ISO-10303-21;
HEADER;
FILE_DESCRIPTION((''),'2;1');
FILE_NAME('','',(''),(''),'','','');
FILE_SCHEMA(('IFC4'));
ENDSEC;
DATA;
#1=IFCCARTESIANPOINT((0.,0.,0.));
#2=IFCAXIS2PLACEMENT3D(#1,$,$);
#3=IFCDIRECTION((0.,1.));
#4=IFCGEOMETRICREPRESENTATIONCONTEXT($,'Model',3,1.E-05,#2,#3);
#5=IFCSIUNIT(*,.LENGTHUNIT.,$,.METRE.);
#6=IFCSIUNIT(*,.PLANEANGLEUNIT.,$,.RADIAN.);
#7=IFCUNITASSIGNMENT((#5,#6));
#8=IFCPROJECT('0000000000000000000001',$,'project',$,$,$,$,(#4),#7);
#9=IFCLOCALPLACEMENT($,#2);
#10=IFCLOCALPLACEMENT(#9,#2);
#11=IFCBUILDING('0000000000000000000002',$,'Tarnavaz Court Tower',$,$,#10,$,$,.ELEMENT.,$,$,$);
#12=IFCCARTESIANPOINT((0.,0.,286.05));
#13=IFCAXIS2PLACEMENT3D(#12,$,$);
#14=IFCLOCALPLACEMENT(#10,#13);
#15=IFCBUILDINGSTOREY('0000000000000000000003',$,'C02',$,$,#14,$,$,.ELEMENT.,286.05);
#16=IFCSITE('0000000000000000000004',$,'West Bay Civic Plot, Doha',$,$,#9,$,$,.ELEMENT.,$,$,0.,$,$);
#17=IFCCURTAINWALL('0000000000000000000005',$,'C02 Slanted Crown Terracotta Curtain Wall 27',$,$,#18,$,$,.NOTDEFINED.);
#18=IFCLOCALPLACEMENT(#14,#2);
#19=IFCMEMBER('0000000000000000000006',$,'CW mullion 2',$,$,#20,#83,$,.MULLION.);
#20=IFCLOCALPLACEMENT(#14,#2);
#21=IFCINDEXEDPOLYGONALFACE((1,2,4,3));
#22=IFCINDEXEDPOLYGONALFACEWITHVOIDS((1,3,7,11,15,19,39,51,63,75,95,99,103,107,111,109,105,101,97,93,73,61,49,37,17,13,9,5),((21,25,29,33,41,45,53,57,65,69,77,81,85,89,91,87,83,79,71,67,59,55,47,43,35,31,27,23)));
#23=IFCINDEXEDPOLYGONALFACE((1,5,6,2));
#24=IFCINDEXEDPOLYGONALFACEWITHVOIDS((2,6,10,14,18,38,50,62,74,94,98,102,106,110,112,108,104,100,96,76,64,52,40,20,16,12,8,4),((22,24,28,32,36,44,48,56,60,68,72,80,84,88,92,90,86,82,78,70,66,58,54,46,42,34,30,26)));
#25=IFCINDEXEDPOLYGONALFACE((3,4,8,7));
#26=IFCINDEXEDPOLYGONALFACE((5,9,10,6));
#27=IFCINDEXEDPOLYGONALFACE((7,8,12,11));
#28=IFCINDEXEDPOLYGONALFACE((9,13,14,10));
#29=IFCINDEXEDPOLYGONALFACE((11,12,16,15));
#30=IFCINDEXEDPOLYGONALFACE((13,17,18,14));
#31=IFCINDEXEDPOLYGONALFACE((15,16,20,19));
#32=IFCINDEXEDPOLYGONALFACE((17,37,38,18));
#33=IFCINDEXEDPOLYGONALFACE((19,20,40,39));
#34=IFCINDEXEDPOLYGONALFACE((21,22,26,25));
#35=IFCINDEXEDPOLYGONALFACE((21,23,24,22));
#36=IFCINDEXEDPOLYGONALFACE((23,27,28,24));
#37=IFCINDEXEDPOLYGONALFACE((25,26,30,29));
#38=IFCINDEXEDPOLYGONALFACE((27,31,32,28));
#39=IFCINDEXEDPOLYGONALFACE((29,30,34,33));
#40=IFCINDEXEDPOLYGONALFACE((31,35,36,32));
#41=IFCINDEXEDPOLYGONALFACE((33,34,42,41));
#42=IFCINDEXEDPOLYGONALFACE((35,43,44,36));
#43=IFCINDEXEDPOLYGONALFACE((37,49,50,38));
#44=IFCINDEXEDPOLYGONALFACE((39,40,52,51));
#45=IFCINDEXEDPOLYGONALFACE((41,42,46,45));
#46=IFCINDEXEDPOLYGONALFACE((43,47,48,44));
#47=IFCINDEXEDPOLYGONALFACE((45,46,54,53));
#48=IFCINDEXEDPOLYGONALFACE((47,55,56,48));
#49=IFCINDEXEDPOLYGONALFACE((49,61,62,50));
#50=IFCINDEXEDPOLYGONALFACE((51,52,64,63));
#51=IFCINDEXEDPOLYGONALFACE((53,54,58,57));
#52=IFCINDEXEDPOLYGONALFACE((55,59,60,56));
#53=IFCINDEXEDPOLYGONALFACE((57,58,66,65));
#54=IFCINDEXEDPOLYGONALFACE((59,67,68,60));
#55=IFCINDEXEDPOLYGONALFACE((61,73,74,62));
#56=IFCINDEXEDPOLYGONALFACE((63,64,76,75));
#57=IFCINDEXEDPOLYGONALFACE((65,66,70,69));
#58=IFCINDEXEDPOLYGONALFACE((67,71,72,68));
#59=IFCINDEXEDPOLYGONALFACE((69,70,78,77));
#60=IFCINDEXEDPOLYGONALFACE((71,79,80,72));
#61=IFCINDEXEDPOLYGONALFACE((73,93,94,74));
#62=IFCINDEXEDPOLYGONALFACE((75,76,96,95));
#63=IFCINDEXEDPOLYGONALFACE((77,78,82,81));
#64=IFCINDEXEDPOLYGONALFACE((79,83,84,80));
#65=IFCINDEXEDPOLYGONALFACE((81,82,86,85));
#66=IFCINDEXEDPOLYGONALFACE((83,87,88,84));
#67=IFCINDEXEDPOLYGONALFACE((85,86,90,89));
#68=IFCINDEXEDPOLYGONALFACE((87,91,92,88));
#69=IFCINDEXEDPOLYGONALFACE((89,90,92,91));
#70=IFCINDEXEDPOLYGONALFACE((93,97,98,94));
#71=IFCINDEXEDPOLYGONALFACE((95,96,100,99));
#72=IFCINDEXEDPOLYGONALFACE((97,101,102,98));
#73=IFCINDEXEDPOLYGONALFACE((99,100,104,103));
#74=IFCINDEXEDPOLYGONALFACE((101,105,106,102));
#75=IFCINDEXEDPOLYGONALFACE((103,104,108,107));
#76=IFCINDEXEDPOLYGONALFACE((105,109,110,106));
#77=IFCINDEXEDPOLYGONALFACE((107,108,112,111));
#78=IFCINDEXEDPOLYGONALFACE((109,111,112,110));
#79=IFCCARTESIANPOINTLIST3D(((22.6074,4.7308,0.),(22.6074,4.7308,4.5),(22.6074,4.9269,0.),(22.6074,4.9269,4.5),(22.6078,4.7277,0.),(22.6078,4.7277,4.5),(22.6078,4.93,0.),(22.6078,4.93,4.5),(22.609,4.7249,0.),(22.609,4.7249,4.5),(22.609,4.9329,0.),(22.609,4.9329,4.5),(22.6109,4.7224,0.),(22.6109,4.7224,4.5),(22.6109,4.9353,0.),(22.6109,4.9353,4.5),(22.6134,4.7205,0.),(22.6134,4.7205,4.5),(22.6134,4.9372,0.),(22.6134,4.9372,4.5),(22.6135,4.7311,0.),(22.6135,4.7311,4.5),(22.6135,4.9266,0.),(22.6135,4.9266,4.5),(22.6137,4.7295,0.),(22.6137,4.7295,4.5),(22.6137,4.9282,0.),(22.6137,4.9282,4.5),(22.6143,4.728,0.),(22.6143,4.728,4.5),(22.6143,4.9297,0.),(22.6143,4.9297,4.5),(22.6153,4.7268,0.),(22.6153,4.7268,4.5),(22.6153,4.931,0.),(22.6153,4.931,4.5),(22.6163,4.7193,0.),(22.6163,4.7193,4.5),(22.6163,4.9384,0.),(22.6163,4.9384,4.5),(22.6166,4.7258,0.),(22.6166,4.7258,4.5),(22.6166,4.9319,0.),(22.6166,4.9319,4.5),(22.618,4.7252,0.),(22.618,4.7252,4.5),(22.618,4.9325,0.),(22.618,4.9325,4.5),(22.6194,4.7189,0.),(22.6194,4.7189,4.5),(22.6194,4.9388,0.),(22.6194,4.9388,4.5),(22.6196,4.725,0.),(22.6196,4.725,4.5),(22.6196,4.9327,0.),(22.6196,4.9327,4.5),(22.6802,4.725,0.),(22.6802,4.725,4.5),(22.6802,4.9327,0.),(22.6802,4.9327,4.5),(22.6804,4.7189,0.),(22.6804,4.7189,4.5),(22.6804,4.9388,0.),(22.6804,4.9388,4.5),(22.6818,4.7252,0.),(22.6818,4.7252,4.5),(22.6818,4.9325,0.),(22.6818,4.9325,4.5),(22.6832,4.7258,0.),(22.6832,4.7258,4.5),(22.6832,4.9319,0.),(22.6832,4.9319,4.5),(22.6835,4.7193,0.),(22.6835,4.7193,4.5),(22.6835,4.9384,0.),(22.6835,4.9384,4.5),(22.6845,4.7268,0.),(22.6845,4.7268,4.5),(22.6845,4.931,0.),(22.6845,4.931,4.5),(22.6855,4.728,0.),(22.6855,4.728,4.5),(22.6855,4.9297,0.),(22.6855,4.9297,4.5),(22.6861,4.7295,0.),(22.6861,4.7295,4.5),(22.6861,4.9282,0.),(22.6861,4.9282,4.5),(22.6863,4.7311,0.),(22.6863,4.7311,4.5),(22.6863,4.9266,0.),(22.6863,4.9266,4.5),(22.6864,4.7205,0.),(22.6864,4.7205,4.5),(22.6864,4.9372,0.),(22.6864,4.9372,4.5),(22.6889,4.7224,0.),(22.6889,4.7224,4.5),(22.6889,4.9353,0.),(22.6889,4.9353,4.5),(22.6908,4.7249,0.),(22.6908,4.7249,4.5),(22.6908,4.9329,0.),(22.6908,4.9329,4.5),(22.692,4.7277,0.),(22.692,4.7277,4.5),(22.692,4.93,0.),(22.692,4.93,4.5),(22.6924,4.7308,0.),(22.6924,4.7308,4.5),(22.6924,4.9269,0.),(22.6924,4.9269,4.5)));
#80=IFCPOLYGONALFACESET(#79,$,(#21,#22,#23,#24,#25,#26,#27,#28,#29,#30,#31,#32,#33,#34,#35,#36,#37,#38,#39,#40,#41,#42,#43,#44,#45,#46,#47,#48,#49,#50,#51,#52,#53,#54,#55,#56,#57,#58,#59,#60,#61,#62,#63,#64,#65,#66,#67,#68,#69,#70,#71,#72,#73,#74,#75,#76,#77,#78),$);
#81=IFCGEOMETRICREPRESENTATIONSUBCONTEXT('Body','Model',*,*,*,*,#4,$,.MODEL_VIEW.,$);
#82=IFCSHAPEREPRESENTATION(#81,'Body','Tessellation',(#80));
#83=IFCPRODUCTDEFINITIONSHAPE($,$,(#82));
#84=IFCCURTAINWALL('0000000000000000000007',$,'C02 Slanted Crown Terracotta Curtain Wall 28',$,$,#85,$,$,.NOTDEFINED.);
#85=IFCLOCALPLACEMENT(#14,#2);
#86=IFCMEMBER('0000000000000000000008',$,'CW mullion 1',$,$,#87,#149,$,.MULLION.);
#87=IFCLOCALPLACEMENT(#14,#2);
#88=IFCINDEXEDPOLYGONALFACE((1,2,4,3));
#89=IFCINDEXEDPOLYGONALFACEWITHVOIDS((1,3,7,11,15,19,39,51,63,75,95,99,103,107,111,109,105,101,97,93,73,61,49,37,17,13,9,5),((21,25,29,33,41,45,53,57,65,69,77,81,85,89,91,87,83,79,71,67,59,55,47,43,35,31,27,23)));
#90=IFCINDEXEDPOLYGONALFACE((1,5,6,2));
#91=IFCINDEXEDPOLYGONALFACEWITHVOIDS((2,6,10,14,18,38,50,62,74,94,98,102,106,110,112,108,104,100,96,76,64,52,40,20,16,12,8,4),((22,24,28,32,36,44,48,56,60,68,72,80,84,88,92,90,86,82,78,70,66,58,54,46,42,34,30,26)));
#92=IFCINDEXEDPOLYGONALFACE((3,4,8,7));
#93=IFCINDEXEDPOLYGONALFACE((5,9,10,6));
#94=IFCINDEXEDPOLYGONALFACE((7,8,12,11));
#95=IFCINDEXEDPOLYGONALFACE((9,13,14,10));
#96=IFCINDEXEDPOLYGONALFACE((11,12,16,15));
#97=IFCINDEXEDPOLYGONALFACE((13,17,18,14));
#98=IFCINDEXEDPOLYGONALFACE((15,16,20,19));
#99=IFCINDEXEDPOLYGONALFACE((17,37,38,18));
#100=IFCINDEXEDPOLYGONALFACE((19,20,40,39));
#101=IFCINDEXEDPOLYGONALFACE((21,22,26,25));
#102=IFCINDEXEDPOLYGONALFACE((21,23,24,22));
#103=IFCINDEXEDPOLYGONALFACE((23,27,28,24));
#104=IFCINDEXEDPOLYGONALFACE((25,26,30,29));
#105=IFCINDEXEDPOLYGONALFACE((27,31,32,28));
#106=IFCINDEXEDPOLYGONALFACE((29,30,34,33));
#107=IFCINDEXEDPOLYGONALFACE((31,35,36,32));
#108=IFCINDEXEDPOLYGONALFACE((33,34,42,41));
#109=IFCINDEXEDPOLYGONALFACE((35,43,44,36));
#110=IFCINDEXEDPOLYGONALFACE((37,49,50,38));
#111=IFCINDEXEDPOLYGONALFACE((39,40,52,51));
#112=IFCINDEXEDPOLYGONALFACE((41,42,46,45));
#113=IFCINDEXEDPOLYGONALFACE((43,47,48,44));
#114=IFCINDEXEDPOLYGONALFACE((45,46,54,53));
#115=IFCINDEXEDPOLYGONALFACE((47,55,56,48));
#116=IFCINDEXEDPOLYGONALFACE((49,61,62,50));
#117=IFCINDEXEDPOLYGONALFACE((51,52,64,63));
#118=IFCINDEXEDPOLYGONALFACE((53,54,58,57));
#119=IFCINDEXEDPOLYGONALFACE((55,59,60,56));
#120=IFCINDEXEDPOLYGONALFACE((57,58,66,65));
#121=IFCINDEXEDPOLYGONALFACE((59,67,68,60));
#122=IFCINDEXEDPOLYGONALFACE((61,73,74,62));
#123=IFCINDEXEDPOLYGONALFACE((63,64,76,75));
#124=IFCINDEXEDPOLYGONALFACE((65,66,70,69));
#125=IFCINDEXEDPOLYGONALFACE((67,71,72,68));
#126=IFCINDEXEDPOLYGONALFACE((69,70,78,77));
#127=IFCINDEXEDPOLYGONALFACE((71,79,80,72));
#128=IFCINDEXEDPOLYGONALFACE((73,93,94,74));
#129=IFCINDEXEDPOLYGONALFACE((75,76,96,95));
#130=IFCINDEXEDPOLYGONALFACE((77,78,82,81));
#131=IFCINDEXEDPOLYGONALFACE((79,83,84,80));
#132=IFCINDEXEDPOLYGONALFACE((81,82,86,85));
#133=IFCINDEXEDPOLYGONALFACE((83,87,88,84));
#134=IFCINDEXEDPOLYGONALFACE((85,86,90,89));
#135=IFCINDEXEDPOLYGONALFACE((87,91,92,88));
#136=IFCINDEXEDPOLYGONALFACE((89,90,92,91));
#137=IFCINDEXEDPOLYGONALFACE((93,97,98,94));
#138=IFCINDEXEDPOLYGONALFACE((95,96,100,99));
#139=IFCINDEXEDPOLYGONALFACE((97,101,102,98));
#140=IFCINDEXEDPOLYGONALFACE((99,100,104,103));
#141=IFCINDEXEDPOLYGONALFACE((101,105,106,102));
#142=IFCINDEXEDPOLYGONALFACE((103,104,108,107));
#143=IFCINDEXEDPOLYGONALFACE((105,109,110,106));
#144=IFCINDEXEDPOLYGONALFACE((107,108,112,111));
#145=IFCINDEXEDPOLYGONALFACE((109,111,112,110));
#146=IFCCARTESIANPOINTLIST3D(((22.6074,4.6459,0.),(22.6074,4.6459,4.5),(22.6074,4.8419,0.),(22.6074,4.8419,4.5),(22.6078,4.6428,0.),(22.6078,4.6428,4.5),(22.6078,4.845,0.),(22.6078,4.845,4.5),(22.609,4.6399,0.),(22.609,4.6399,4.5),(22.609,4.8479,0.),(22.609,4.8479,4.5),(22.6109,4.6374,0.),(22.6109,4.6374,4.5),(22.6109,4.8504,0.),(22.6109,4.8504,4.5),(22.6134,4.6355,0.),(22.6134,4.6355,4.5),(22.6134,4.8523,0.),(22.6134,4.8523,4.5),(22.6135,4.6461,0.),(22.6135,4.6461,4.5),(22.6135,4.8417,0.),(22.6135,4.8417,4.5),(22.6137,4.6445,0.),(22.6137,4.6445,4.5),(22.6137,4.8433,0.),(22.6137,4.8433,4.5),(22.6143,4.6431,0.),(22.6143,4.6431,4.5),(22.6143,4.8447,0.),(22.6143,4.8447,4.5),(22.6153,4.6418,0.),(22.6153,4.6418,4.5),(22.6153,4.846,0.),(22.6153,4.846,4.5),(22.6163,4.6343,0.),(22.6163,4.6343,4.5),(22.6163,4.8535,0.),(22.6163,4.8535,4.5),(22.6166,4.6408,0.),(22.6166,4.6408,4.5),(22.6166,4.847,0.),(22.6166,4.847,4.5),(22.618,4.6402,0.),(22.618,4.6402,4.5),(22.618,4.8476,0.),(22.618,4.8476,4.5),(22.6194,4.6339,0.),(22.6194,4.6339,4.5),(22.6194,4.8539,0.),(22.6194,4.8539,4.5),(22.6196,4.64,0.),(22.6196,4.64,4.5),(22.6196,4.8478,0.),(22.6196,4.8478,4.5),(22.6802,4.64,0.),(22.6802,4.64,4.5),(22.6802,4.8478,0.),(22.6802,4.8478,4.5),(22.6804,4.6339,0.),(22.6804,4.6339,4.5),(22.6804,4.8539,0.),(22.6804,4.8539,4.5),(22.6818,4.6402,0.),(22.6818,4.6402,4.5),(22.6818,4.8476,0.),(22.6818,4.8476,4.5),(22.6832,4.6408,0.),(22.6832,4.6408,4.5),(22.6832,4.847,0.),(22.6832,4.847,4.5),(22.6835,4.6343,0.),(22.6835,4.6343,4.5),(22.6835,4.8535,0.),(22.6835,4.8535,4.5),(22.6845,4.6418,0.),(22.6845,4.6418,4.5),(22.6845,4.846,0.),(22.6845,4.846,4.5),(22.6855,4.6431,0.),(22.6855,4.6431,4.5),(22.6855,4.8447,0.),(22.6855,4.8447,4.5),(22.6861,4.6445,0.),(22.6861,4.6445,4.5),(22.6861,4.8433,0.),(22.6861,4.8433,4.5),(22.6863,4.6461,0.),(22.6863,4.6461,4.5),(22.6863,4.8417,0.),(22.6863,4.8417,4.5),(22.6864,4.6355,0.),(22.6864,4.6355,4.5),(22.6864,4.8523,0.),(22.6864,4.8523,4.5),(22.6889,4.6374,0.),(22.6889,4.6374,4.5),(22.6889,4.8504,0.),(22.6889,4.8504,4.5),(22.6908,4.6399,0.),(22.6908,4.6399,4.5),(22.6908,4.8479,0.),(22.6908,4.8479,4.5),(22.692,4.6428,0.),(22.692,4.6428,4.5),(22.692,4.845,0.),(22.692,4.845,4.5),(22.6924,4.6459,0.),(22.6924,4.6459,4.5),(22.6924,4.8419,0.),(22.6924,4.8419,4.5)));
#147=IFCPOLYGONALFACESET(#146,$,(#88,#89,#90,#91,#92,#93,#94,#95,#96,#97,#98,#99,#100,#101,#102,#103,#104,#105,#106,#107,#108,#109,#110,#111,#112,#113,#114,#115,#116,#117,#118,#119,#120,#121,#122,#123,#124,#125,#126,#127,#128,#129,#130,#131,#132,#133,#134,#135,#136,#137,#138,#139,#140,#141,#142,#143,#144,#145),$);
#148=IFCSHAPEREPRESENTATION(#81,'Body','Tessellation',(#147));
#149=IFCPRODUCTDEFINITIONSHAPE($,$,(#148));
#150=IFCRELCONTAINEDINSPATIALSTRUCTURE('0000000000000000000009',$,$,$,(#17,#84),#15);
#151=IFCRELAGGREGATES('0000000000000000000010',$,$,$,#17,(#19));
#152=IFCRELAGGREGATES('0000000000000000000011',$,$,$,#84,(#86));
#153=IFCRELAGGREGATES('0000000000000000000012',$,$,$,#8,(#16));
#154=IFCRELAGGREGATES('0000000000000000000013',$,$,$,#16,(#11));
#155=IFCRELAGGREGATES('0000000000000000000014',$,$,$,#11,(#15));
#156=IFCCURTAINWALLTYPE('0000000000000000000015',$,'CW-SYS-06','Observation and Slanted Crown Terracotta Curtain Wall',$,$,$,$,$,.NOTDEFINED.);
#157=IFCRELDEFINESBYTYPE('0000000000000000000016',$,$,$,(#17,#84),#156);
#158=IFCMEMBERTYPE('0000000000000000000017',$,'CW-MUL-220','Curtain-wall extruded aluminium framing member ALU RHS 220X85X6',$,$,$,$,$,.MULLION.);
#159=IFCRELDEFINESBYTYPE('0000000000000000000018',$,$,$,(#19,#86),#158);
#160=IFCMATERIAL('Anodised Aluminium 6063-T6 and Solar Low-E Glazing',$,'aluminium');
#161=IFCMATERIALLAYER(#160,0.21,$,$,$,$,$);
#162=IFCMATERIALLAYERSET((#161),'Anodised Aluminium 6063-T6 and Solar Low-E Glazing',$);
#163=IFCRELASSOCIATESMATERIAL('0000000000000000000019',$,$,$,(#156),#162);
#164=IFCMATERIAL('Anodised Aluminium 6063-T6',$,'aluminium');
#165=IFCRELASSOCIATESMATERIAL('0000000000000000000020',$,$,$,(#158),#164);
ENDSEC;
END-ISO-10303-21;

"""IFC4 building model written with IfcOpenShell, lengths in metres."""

from ifc_helpers import new_model, si_unit, direction, frame, origin, origin_2d, place, context, subcontext, project, spatial, hollow_rectangle, extrude, material, layer, layer_set, material_profile, profile_set, type_object, element, aggregate, save


model = new_model("IFC4")

# Units and contexts
model_context = context("Model", 3, precision=1e-05, world=origin(), true_north=direction((0.0, 1.0)))
body_context = subcontext(model_context, "Body", "Model", "MODEL_VIEW")
ifc_project = project(units=[si_unit("LENGTHUNIT", "METRE"), si_unit("PLANEANGLEUNIT", "RADIAN")], contexts=[model_context])

# Site, building, storey
site_placement = place(None, origin())
site = spatial("IfcSite", under=ifc_project, at=site_placement, Name="West Bay Civic Plot, Doha", CompositionType="ELEMENT", RefElevation=0.0)
building_placement = place(site_placement, origin())
building = spatial("IfcBuilding", under=site, at=building_placement, Name="Tarnavaz Court Tower", CompositionType="ELEMENT")
storey_placement = place(building_placement, frame((0.0, 0.0, 286.05)))
storey = spatial("IfcBuildingStorey", under=building, at=storey_placement, Name="C02", CompositionType="ELEMENT", Elevation=286.05)

# Shared definitions
ifc_material_1 = material(Name="Anodised Aluminium 6063-T6 and Solar Low-E Glazing", Category="aluminium")
ifc_layer_1 = layer(ifc_material_1, 0.21)
ifc_layer_set_1 = layer_set([ifc_layer_1], Name="Anodised Aluminium 6063-T6 and Solar Low-E Glazing")
curtain_wall_type = type_object("IfcCurtainWallType", Name="CW-SYS-06", Description="Observation and Slanted Crown Terracotta Curtain Wall", PredefinedType="NOTDEFINED", material=ifc_layer_set_1)
ifc_material_2 = material(Name="Anodised Aluminium 6063-T6", Category="aluminium")
ifc_material_profile_1 = material_profile(ifc_material_2, hollow_rectangle(XDim=0.085, YDim=0.22, WallThickness=0.0061, InnerFilletRadius=0.0061, OuterFilletRadius=0.012, at=origin_2d()), Name="ALU RHS 220X85X6")
ifc_profile_set_1 = profile_set([ifc_material_profile_1], Name="Anodised Aluminium 6063-T6")
member_type_1 = type_object("IfcMemberType", Name="CW-MUL-220", Description="Curtain-wall extruded aluminium framing member ALU RHS 220X85X6", PredefinedType="MULLION", material=ifc_profile_set_1)

# Curtain walls, members
curtain_wall_1_placement = place(storey_placement, origin())
curtain_wall_1 = element("IfcCurtainWall", 1, at=curtain_wall_1_placement, inside=storey, type_object=curtain_wall_type, Name="C02 Slanted Crown Terracotta Curtain Wall 27", PredefinedType="NOTDEFINED")
member_1_placement = place(storey_placement, frame((22.6499, 4.8289, 0.0), z_axis=(0.0, 0.0, 1.0), x_axis=(1.0, 0.0, 0.0)))
member_1 = element("IfcMember", 2, at=member_1_placement, type_object=member_type_1, Name="CW mullion 2", PredefinedType="MULLION", context=body_context, shape_type="SweptSolid", body=[
    extrude(hollow_rectangle(XDim=0.085, YDim=0.22, WallThickness=0.0061, InnerFilletRadius=0.0061, OuterFilletRadius=0.012, at=origin_2d()), origin(), (0.0, 0.0, 1.0), 4.5),
])
curtain_wall_2_placement = place(storey_placement, origin())
curtain_wall_2 = element("IfcCurtainWall", 3, at=curtain_wall_2_placement, inside=storey, type_object=curtain_wall_type, Name="C02 Slanted Crown Terracotta Curtain Wall 28", PredefinedType="NOTDEFINED")
member_2_placement = place(storey_placement, frame((22.6499, 4.7439, 0.0), z_axis=(0.0, 0.0, 1.0), x_axis=(1.0, 0.0, 0.0)))
member_2 = element("IfcMember", 4, at=member_2_placement, type_object=member_type_1, Name="CW mullion 1", PredefinedType="MULLION", context=body_context, shape_type="SweptSolid", body=[
    extrude(hollow_rectangle(XDim=0.085, YDim=0.22, WallThickness=0.0061, InnerFilletRadius=0.0061, OuterFilletRadius=0.012, at=origin_2d()), origin(), (0.0, 0.0, 1.0), 4.5),
])

aggregate(curtain_wall_1, [member_1])
aggregate(curtain_wall_2, [member_2])

save(model, "model.ifc")
